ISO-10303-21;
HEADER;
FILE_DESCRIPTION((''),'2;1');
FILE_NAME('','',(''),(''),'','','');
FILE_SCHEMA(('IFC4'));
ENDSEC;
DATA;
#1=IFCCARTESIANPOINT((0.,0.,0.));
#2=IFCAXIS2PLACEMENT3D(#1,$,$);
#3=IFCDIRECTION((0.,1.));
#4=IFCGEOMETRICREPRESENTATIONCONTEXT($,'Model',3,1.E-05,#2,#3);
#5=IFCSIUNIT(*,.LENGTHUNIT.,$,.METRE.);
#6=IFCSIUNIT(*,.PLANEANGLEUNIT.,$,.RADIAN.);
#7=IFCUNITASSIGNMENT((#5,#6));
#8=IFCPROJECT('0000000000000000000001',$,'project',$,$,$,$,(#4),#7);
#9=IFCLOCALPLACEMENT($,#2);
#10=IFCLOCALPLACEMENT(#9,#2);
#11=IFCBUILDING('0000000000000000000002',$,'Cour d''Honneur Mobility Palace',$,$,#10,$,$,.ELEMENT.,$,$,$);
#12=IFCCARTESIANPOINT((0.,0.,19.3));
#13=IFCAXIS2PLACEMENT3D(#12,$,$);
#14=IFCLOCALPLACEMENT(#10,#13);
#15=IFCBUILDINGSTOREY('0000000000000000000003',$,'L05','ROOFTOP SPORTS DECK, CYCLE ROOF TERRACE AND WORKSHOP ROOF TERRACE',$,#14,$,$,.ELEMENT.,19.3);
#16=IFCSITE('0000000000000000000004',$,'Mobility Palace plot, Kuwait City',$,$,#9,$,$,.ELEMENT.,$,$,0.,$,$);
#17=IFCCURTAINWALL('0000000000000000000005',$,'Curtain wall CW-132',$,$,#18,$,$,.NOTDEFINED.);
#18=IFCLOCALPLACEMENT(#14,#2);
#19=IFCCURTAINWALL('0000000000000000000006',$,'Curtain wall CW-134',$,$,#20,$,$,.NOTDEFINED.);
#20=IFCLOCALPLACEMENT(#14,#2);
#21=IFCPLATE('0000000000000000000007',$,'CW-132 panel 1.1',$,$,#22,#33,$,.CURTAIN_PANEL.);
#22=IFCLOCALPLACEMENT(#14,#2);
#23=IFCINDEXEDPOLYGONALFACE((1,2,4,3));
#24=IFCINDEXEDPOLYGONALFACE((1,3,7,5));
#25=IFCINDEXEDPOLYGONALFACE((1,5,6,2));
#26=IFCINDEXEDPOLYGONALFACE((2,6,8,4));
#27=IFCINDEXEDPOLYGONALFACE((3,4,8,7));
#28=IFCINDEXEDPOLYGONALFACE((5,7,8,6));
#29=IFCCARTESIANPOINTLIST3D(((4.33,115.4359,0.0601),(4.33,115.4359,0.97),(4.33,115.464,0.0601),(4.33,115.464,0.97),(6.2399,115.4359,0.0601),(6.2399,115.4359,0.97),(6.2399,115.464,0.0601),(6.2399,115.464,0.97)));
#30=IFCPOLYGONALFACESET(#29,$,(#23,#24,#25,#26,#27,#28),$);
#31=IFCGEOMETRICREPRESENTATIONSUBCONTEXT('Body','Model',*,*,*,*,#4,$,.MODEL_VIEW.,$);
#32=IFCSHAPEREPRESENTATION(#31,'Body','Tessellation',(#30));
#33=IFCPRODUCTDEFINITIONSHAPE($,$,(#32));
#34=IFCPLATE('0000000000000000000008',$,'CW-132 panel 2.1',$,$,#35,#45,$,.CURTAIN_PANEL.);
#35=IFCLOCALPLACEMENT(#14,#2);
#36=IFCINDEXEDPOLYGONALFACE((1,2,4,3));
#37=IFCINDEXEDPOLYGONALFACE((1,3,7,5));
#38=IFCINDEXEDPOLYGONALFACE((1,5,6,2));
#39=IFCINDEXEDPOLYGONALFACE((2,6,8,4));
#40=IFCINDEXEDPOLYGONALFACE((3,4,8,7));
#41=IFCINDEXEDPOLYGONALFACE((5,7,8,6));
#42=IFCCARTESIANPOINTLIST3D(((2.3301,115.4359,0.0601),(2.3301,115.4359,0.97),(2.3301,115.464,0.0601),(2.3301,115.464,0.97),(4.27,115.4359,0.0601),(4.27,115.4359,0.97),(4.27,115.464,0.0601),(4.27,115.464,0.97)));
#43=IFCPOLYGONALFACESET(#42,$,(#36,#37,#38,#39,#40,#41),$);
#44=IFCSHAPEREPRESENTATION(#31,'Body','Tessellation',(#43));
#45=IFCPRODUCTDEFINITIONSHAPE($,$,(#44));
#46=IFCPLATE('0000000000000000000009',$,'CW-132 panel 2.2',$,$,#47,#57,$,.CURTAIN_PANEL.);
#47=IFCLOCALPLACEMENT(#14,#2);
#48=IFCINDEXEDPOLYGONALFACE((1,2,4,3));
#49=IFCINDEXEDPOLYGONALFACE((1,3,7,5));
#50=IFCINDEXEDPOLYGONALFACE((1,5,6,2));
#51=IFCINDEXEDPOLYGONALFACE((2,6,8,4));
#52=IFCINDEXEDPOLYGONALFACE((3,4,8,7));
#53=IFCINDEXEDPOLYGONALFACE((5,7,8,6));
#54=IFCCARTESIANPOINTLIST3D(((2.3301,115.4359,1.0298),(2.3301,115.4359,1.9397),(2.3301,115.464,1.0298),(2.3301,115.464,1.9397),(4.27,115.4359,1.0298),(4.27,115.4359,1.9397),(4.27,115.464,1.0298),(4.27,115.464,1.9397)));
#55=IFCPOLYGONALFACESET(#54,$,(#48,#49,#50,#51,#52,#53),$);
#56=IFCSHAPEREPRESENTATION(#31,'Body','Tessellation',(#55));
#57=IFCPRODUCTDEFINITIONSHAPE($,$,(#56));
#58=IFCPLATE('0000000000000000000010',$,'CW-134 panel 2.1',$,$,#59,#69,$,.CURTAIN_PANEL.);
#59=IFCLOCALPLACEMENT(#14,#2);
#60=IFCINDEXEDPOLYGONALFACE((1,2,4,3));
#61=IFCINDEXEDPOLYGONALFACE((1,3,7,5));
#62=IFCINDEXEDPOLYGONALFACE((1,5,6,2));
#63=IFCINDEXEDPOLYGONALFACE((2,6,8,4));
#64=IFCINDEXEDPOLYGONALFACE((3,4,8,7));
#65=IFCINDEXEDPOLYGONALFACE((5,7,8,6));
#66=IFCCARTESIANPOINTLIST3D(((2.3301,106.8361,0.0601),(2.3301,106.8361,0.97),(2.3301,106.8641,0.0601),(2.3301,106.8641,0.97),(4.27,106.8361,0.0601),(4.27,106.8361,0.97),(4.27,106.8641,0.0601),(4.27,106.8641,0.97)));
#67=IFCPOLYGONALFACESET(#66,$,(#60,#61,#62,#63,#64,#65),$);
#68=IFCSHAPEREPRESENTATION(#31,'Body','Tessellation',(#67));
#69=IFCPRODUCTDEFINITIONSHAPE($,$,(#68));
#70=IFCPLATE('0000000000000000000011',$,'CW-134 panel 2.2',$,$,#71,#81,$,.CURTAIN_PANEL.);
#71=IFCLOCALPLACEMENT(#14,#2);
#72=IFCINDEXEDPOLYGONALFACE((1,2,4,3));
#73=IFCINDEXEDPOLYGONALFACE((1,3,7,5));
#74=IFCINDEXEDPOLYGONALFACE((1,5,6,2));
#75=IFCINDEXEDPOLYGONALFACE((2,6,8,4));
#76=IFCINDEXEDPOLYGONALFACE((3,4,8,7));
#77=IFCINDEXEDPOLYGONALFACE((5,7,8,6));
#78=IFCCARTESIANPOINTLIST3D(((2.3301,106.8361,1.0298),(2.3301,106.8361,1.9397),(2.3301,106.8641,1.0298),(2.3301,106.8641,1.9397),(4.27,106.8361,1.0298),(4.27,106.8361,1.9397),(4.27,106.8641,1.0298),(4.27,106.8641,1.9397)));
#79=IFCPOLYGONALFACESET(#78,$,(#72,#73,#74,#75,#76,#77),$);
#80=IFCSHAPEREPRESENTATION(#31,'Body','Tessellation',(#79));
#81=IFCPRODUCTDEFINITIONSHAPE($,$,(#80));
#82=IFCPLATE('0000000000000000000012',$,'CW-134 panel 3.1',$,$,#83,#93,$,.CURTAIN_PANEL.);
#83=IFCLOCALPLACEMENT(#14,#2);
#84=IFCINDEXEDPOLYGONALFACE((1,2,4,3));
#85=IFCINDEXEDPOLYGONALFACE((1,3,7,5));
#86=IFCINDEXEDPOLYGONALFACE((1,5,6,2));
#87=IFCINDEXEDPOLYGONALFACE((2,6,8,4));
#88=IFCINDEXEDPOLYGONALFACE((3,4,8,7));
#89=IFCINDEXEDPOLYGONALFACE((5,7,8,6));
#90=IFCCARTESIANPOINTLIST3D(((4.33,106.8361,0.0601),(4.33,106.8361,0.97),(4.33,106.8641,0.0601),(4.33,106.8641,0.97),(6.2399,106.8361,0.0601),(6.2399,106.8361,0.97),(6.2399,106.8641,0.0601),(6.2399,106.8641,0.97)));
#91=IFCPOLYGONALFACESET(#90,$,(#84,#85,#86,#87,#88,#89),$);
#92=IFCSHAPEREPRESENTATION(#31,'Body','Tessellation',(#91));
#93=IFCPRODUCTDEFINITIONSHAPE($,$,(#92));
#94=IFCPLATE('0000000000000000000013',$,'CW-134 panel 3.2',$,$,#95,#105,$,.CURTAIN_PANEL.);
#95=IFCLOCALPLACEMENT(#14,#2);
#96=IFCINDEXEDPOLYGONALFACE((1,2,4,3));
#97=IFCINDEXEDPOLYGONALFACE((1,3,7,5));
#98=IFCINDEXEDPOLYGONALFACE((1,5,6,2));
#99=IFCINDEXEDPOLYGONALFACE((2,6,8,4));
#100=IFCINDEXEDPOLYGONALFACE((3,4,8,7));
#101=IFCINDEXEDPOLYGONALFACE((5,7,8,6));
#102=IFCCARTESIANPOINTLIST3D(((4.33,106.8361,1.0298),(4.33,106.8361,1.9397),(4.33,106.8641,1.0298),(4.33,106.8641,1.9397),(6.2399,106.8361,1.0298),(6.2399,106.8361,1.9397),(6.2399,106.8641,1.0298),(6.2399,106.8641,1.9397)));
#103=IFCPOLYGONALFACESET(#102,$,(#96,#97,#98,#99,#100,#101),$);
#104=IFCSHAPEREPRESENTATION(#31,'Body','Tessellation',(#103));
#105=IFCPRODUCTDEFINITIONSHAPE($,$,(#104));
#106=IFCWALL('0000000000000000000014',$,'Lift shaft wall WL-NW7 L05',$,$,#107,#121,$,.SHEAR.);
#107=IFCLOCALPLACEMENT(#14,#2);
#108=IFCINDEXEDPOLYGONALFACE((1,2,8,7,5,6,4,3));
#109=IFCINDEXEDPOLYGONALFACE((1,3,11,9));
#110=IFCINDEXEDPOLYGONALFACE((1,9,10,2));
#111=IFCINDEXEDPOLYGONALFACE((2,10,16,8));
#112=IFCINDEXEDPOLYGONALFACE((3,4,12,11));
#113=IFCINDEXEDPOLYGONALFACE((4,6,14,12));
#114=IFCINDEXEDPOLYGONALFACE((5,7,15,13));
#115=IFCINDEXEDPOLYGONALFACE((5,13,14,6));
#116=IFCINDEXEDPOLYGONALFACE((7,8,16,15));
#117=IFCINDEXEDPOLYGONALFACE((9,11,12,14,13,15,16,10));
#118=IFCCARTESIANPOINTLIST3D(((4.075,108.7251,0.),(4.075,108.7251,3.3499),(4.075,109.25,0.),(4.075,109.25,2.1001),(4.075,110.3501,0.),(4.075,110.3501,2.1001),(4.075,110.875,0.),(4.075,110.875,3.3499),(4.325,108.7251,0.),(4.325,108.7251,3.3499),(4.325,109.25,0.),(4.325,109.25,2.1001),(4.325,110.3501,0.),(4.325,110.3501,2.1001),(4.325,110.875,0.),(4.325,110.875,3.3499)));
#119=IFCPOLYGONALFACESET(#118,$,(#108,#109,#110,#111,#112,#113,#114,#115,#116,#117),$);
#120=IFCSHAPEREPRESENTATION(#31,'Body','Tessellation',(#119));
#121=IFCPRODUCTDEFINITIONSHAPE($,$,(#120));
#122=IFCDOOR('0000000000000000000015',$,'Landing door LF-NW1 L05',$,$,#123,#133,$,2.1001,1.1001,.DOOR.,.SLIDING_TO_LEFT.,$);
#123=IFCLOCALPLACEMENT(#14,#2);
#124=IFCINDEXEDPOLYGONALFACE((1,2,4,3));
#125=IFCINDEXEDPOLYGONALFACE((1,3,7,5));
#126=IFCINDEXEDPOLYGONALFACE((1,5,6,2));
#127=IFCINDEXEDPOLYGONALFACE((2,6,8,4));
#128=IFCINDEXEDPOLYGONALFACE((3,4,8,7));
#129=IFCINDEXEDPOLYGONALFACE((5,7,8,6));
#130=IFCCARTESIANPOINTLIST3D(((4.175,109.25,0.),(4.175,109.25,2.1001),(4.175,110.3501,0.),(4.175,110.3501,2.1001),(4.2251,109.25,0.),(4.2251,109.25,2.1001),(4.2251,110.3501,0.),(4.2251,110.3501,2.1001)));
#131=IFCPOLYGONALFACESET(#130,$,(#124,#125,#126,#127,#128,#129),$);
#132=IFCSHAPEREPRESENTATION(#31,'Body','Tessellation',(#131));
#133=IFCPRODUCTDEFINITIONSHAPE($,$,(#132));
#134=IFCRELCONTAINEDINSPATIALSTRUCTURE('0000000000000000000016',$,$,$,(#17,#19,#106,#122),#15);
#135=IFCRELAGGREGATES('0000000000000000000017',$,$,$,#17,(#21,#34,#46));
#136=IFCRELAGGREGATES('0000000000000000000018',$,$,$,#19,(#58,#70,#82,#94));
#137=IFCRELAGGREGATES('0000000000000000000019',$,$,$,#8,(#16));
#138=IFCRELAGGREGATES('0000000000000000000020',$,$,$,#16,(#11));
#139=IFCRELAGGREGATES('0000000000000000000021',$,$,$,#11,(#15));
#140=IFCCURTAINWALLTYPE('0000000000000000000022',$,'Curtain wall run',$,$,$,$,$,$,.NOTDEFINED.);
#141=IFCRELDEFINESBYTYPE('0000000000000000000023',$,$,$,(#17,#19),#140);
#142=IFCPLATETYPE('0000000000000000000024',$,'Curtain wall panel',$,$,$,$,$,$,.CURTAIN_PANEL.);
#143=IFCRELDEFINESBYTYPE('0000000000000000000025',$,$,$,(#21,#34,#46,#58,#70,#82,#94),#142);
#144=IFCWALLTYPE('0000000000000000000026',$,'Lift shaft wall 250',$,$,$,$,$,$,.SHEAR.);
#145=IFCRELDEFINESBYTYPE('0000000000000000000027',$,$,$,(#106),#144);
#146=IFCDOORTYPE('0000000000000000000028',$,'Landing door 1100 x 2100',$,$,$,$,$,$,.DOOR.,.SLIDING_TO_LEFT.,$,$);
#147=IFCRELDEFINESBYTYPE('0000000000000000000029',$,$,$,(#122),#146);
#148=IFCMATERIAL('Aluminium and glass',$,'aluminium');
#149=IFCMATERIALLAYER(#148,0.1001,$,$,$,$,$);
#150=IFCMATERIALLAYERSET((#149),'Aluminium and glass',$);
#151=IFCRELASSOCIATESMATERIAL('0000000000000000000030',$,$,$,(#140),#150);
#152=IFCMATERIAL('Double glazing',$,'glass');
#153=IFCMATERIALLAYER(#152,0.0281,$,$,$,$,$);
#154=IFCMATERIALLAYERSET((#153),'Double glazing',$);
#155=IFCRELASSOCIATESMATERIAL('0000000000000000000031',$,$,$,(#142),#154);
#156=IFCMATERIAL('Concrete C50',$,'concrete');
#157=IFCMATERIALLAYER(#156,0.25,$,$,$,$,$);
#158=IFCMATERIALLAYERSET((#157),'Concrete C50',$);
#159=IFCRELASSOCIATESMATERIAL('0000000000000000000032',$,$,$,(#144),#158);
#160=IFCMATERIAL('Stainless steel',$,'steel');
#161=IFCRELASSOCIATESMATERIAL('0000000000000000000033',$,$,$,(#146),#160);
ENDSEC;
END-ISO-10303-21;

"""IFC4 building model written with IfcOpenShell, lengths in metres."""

from ifc_helpers import new_model, si_unit, direction, frame, frame_2d, origin, origin_2d, place, context, subcontext, project, spatial, rectangle, extrude, material, layer, layer_set, type_object, element, fill, aggregate, save


model = new_model("IFC4")

# Units and contexts
model_context = context("Model", 3, precision=1e-05, world=origin(), true_north=direction((0.0, 1.0)))
body_context = subcontext(model_context, "Body", "Model", "MODEL_VIEW")
ifc_project = project(units=[si_unit("LENGTHUNIT", "METRE"), si_unit("PLANEANGLEUNIT", "RADIAN")], contexts=[model_context])

# Site, building, storey
site_placement = place(None, origin())
site = spatial("IfcSite", under=ifc_project, at=site_placement, Name="Mobility Palace plot, Kuwait City", CompositionType="ELEMENT", RefElevation=0.0)
building_placement = place(site_placement, origin())
building = spatial("IfcBuilding", under=site, at=building_placement, Name="Cour d'Honneur Mobility Palace", CompositionType="ELEMENT")
storey_placement = place(building_placement, frame((0.0, 0.0, 19.3)))
storey = spatial("IfcBuildingStorey", under=building, at=storey_placement, Name="L05", Description="ROOFTOP SPORTS DECK, CYCLE ROOF TERRACE AND WORKSHOP ROOF TERRACE", CompositionType="ELEMENT", Elevation=19.3)

# Curtain walls
ifc_material_1 = material(Name="Aluminium and glass", Category="aluminium")
ifc_layer_1 = layer(ifc_material_1, 0.1001)
ifc_layer_set_1 = layer_set([ifc_layer_1], Name="Aluminium and glass")
curtain_wall_type = type_object("IfcCurtainWallType", Name="Curtain wall run", PredefinedType="NOTDEFINED", material=ifc_layer_set_1)
curtain_wall_1_placement = place(storey_placement, origin())
curtain_wall_1 = element("IfcCurtainWall", 1, at=curtain_wall_1_placement, inside=storey, type_object=curtain_wall_type, Name="Curtain wall CW-132", PredefinedType="NOTDEFINED")
curtain_wall_2_placement = place(storey_placement, origin())
curtain_wall_2 = element("IfcCurtainWall", 2, at=curtain_wall_2_placement, inside=storey, type_object=curtain_wall_type, Name="Curtain wall CW-134", PredefinedType="NOTDEFINED")

# Plates
ifc_material_2 = material(Name="Double glazing", Category="glass")
ifc_layer_2 = layer(ifc_material_2, 0.0281)
ifc_layer_set_2 = layer_set([ifc_layer_2], Name="Double glazing")
plate_type = type_object("IfcPlateType", Name="Curtain wall panel", PredefinedType="CURTAIN_PANEL", material=ifc_layer_set_2)
plate_1_placement = place(storey_placement, frame((5.2849, 115.45, 0.0601), z_axis=(0.0, 0.0, 1.0), x_axis=(-1.0, 0.0, 0.0)))
plate_1 = element("IfcPlate", 3, at=plate_1_placement, type_object=plate_type, Name="CW-132 panel 1.1", PredefinedType="CURTAIN_PANEL", context=body_context, shape_type="SweptSolid", body=[
    extrude(rectangle(XDim=1.9099, YDim=0.0281, at=origin_2d()), origin(), (0.0, 0.0, 1.0), 0.9099),
])
plate_2_placement = place(storey_placement, frame((3.3, 115.45, 0.0601), z_axis=(0.0, 0.0, 1.0), x_axis=(-1.0, 0.0, 0.0)))
plate_2 = element("IfcPlate", 4, at=plate_2_placement, type_object=plate_type, Name="CW-132 panel 2.1", PredefinedType="CURTAIN_PANEL", context=body_context, shape_type="SweptSolid", body=[
    extrude(rectangle(XDim=1.9399, YDim=0.0281, at=origin_2d()), origin(), (0.0, 0.0, 1.0), 0.9099),
])
plate_3_placement = place(storey_placement, frame((3.3, 115.45, 1.0298), z_axis=(0.0, 0.0, 1.0), x_axis=(-1.0, 0.0, 0.0)))
plate_3 = element("IfcPlate", 5, at=plate_3_placement, type_object=plate_type, Name="CW-132 panel 2.2", PredefinedType="CURTAIN_PANEL", context=body_context, shape_type="SweptSolid", body=[
    extrude(rectangle(XDim=1.9399, YDim=0.0281, at=origin_2d()), origin(), (0.0, 0.0, 1.0), 0.9099),
])
aggregate(curtain_wall_1, [plate_1, plate_2, plate_3])
plate_4_placement = place(storey_placement, frame((3.3, 106.8501, 0.0601), z_axis=(0.0, 0.0, 1.0), x_axis=(1.0, 0.0, 0.0)))
plate_4 = element("IfcPlate", 6, at=plate_4_placement, type_object=plate_type, Name="CW-134 panel 2.1", PredefinedType="CURTAIN_PANEL", context=body_context, shape_type="SweptSolid", body=[
    extrude(rectangle(XDim=1.9399, YDim=0.0281, at=origin_2d()), origin(), (0.0, 0.0, 1.0), 0.9099),
])
plate_5_placement = place(storey_placement, frame((3.3, 106.8501, 1.0298), z_axis=(0.0, 0.0, 1.0), x_axis=(1.0, 0.0, 0.0)))
plate_5 = element("IfcPlate", 7, at=plate_5_placement, type_object=plate_type, Name="CW-134 panel 2.2", PredefinedType="CURTAIN_PANEL", context=body_context, shape_type="SweptSolid", body=[
    extrude(rectangle(XDim=1.9399, YDim=0.0281, at=origin_2d()), origin(), (0.0, 0.0, 1.0), 0.9099),
])
plate_6_placement = place(storey_placement, frame((5.2849, 106.8501, 0.0601), z_axis=(0.0, 0.0, 1.0), x_axis=(1.0, 0.0, 0.0)))
plate_6 = element("IfcPlate", 8, at=plate_6_placement, type_object=plate_type, Name="CW-134 panel 3.1", PredefinedType="CURTAIN_PANEL", context=body_context, shape_type="SweptSolid", body=[
    extrude(rectangle(XDim=1.9099, YDim=0.0281, at=origin_2d()), origin(), (0.0, 0.0, 1.0), 0.9099),
])
plate_7_placement = place(storey_placement, frame((5.2849, 106.8501, 1.0298), z_axis=(0.0, 0.0, 1.0), x_axis=(1.0, 0.0, 0.0)))
plate_7 = element("IfcPlate", 9, at=plate_7_placement, type_object=plate_type, Name="CW-134 panel 3.2", PredefinedType="CURTAIN_PANEL", context=body_context, shape_type="SweptSolid", body=[
    extrude(rectangle(XDim=1.9099, YDim=0.0281, at=origin_2d()), origin(), (0.0, 0.0, 1.0), 0.9099),
])
aggregate(curtain_wall_2, [plate_4, plate_5, plate_6, plate_7])

# Wall, opening, door
ifc_material_3 = material(Name="Concrete C50", Category="concrete")
ifc_layer_3 = layer(ifc_material_3, 0.25)
ifc_layer_set_3 = layer_set([ifc_layer_3], Name="Concrete C50")
wall_type = type_object("IfcWallType", Name="Lift shaft wall 250", PredefinedType="SHEAR", material=ifc_layer_set_3)
wall_placement = place(storey_placement, frame((4.2, 108.7251, 0.0), z_axis=(0.0, 0.0, 1.0), x_axis=(0.0, 1.0, 0.0)))
wall = element("IfcWall", 10, at=wall_placement, inside=storey, type_object=wall_type, Name="Lift shaft wall WL-NW7 L05", PredefinedType="SHEAR", context=body_context, shape_type="SweptSolid", body=[
    extrude(rectangle(XDim=2.1499, YDim=0.25, at=frame_2d((1.075, 0.0))), origin(), (0.0, 0.0, 1.0), 3.3499),
])
opening_placement = place(wall_placement, frame((0.5249, 0.0, 0.0)))
opening = element("IfcOpeningElement", 11, at=opening_placement, cuts=wall, PredefinedType="OPENING", context=body_context, shape_type="SweptSolid", body=[
    extrude(rectangle(XDim=1.1001, YDim=2.1001, at=frame_2d((0.55, 1.05))), frame((0.0, 0.135, 0.0), z_axis=(0.0, -1.0, 0.0), x_axis=(1.0, 0.0, 0.0)), (0.0, 0.0, 1.0), 0.27),
])
ifc_material_4 = material(Name="Stainless steel", Category="steel")
door_type = type_object("IfcDoorType", Name="Landing door 1100 x 2100", OperationType="SLIDING_TO_LEFT", PredefinedType="DOOR", material=ifc_material_4)
door_placement = place(opening_placement, origin())
door = element("IfcDoor", 12, at=door_placement, inside=storey, type_object=door_type, Name="Landing door LF-NW1 L05", OperationType="SLIDING_TO_LEFT", OverallHeight=2.1001, OverallWidth=1.1001, PredefinedType="DOOR", context=body_context, shape_type="SweptSolid", body=[
    extrude(rectangle(XDim=1.1001, YDim=2.1001, at=frame_2d((0.55, 1.05))), frame((0.0, 0.0249, 0.0), z_axis=(0.0, -1.0, 0.0), x_axis=(1.0, 0.0, 0.0)), (0.0, 0.0, 1.0), 0.05),
])
fill(opening, door)

save(model, "model.ifc")
